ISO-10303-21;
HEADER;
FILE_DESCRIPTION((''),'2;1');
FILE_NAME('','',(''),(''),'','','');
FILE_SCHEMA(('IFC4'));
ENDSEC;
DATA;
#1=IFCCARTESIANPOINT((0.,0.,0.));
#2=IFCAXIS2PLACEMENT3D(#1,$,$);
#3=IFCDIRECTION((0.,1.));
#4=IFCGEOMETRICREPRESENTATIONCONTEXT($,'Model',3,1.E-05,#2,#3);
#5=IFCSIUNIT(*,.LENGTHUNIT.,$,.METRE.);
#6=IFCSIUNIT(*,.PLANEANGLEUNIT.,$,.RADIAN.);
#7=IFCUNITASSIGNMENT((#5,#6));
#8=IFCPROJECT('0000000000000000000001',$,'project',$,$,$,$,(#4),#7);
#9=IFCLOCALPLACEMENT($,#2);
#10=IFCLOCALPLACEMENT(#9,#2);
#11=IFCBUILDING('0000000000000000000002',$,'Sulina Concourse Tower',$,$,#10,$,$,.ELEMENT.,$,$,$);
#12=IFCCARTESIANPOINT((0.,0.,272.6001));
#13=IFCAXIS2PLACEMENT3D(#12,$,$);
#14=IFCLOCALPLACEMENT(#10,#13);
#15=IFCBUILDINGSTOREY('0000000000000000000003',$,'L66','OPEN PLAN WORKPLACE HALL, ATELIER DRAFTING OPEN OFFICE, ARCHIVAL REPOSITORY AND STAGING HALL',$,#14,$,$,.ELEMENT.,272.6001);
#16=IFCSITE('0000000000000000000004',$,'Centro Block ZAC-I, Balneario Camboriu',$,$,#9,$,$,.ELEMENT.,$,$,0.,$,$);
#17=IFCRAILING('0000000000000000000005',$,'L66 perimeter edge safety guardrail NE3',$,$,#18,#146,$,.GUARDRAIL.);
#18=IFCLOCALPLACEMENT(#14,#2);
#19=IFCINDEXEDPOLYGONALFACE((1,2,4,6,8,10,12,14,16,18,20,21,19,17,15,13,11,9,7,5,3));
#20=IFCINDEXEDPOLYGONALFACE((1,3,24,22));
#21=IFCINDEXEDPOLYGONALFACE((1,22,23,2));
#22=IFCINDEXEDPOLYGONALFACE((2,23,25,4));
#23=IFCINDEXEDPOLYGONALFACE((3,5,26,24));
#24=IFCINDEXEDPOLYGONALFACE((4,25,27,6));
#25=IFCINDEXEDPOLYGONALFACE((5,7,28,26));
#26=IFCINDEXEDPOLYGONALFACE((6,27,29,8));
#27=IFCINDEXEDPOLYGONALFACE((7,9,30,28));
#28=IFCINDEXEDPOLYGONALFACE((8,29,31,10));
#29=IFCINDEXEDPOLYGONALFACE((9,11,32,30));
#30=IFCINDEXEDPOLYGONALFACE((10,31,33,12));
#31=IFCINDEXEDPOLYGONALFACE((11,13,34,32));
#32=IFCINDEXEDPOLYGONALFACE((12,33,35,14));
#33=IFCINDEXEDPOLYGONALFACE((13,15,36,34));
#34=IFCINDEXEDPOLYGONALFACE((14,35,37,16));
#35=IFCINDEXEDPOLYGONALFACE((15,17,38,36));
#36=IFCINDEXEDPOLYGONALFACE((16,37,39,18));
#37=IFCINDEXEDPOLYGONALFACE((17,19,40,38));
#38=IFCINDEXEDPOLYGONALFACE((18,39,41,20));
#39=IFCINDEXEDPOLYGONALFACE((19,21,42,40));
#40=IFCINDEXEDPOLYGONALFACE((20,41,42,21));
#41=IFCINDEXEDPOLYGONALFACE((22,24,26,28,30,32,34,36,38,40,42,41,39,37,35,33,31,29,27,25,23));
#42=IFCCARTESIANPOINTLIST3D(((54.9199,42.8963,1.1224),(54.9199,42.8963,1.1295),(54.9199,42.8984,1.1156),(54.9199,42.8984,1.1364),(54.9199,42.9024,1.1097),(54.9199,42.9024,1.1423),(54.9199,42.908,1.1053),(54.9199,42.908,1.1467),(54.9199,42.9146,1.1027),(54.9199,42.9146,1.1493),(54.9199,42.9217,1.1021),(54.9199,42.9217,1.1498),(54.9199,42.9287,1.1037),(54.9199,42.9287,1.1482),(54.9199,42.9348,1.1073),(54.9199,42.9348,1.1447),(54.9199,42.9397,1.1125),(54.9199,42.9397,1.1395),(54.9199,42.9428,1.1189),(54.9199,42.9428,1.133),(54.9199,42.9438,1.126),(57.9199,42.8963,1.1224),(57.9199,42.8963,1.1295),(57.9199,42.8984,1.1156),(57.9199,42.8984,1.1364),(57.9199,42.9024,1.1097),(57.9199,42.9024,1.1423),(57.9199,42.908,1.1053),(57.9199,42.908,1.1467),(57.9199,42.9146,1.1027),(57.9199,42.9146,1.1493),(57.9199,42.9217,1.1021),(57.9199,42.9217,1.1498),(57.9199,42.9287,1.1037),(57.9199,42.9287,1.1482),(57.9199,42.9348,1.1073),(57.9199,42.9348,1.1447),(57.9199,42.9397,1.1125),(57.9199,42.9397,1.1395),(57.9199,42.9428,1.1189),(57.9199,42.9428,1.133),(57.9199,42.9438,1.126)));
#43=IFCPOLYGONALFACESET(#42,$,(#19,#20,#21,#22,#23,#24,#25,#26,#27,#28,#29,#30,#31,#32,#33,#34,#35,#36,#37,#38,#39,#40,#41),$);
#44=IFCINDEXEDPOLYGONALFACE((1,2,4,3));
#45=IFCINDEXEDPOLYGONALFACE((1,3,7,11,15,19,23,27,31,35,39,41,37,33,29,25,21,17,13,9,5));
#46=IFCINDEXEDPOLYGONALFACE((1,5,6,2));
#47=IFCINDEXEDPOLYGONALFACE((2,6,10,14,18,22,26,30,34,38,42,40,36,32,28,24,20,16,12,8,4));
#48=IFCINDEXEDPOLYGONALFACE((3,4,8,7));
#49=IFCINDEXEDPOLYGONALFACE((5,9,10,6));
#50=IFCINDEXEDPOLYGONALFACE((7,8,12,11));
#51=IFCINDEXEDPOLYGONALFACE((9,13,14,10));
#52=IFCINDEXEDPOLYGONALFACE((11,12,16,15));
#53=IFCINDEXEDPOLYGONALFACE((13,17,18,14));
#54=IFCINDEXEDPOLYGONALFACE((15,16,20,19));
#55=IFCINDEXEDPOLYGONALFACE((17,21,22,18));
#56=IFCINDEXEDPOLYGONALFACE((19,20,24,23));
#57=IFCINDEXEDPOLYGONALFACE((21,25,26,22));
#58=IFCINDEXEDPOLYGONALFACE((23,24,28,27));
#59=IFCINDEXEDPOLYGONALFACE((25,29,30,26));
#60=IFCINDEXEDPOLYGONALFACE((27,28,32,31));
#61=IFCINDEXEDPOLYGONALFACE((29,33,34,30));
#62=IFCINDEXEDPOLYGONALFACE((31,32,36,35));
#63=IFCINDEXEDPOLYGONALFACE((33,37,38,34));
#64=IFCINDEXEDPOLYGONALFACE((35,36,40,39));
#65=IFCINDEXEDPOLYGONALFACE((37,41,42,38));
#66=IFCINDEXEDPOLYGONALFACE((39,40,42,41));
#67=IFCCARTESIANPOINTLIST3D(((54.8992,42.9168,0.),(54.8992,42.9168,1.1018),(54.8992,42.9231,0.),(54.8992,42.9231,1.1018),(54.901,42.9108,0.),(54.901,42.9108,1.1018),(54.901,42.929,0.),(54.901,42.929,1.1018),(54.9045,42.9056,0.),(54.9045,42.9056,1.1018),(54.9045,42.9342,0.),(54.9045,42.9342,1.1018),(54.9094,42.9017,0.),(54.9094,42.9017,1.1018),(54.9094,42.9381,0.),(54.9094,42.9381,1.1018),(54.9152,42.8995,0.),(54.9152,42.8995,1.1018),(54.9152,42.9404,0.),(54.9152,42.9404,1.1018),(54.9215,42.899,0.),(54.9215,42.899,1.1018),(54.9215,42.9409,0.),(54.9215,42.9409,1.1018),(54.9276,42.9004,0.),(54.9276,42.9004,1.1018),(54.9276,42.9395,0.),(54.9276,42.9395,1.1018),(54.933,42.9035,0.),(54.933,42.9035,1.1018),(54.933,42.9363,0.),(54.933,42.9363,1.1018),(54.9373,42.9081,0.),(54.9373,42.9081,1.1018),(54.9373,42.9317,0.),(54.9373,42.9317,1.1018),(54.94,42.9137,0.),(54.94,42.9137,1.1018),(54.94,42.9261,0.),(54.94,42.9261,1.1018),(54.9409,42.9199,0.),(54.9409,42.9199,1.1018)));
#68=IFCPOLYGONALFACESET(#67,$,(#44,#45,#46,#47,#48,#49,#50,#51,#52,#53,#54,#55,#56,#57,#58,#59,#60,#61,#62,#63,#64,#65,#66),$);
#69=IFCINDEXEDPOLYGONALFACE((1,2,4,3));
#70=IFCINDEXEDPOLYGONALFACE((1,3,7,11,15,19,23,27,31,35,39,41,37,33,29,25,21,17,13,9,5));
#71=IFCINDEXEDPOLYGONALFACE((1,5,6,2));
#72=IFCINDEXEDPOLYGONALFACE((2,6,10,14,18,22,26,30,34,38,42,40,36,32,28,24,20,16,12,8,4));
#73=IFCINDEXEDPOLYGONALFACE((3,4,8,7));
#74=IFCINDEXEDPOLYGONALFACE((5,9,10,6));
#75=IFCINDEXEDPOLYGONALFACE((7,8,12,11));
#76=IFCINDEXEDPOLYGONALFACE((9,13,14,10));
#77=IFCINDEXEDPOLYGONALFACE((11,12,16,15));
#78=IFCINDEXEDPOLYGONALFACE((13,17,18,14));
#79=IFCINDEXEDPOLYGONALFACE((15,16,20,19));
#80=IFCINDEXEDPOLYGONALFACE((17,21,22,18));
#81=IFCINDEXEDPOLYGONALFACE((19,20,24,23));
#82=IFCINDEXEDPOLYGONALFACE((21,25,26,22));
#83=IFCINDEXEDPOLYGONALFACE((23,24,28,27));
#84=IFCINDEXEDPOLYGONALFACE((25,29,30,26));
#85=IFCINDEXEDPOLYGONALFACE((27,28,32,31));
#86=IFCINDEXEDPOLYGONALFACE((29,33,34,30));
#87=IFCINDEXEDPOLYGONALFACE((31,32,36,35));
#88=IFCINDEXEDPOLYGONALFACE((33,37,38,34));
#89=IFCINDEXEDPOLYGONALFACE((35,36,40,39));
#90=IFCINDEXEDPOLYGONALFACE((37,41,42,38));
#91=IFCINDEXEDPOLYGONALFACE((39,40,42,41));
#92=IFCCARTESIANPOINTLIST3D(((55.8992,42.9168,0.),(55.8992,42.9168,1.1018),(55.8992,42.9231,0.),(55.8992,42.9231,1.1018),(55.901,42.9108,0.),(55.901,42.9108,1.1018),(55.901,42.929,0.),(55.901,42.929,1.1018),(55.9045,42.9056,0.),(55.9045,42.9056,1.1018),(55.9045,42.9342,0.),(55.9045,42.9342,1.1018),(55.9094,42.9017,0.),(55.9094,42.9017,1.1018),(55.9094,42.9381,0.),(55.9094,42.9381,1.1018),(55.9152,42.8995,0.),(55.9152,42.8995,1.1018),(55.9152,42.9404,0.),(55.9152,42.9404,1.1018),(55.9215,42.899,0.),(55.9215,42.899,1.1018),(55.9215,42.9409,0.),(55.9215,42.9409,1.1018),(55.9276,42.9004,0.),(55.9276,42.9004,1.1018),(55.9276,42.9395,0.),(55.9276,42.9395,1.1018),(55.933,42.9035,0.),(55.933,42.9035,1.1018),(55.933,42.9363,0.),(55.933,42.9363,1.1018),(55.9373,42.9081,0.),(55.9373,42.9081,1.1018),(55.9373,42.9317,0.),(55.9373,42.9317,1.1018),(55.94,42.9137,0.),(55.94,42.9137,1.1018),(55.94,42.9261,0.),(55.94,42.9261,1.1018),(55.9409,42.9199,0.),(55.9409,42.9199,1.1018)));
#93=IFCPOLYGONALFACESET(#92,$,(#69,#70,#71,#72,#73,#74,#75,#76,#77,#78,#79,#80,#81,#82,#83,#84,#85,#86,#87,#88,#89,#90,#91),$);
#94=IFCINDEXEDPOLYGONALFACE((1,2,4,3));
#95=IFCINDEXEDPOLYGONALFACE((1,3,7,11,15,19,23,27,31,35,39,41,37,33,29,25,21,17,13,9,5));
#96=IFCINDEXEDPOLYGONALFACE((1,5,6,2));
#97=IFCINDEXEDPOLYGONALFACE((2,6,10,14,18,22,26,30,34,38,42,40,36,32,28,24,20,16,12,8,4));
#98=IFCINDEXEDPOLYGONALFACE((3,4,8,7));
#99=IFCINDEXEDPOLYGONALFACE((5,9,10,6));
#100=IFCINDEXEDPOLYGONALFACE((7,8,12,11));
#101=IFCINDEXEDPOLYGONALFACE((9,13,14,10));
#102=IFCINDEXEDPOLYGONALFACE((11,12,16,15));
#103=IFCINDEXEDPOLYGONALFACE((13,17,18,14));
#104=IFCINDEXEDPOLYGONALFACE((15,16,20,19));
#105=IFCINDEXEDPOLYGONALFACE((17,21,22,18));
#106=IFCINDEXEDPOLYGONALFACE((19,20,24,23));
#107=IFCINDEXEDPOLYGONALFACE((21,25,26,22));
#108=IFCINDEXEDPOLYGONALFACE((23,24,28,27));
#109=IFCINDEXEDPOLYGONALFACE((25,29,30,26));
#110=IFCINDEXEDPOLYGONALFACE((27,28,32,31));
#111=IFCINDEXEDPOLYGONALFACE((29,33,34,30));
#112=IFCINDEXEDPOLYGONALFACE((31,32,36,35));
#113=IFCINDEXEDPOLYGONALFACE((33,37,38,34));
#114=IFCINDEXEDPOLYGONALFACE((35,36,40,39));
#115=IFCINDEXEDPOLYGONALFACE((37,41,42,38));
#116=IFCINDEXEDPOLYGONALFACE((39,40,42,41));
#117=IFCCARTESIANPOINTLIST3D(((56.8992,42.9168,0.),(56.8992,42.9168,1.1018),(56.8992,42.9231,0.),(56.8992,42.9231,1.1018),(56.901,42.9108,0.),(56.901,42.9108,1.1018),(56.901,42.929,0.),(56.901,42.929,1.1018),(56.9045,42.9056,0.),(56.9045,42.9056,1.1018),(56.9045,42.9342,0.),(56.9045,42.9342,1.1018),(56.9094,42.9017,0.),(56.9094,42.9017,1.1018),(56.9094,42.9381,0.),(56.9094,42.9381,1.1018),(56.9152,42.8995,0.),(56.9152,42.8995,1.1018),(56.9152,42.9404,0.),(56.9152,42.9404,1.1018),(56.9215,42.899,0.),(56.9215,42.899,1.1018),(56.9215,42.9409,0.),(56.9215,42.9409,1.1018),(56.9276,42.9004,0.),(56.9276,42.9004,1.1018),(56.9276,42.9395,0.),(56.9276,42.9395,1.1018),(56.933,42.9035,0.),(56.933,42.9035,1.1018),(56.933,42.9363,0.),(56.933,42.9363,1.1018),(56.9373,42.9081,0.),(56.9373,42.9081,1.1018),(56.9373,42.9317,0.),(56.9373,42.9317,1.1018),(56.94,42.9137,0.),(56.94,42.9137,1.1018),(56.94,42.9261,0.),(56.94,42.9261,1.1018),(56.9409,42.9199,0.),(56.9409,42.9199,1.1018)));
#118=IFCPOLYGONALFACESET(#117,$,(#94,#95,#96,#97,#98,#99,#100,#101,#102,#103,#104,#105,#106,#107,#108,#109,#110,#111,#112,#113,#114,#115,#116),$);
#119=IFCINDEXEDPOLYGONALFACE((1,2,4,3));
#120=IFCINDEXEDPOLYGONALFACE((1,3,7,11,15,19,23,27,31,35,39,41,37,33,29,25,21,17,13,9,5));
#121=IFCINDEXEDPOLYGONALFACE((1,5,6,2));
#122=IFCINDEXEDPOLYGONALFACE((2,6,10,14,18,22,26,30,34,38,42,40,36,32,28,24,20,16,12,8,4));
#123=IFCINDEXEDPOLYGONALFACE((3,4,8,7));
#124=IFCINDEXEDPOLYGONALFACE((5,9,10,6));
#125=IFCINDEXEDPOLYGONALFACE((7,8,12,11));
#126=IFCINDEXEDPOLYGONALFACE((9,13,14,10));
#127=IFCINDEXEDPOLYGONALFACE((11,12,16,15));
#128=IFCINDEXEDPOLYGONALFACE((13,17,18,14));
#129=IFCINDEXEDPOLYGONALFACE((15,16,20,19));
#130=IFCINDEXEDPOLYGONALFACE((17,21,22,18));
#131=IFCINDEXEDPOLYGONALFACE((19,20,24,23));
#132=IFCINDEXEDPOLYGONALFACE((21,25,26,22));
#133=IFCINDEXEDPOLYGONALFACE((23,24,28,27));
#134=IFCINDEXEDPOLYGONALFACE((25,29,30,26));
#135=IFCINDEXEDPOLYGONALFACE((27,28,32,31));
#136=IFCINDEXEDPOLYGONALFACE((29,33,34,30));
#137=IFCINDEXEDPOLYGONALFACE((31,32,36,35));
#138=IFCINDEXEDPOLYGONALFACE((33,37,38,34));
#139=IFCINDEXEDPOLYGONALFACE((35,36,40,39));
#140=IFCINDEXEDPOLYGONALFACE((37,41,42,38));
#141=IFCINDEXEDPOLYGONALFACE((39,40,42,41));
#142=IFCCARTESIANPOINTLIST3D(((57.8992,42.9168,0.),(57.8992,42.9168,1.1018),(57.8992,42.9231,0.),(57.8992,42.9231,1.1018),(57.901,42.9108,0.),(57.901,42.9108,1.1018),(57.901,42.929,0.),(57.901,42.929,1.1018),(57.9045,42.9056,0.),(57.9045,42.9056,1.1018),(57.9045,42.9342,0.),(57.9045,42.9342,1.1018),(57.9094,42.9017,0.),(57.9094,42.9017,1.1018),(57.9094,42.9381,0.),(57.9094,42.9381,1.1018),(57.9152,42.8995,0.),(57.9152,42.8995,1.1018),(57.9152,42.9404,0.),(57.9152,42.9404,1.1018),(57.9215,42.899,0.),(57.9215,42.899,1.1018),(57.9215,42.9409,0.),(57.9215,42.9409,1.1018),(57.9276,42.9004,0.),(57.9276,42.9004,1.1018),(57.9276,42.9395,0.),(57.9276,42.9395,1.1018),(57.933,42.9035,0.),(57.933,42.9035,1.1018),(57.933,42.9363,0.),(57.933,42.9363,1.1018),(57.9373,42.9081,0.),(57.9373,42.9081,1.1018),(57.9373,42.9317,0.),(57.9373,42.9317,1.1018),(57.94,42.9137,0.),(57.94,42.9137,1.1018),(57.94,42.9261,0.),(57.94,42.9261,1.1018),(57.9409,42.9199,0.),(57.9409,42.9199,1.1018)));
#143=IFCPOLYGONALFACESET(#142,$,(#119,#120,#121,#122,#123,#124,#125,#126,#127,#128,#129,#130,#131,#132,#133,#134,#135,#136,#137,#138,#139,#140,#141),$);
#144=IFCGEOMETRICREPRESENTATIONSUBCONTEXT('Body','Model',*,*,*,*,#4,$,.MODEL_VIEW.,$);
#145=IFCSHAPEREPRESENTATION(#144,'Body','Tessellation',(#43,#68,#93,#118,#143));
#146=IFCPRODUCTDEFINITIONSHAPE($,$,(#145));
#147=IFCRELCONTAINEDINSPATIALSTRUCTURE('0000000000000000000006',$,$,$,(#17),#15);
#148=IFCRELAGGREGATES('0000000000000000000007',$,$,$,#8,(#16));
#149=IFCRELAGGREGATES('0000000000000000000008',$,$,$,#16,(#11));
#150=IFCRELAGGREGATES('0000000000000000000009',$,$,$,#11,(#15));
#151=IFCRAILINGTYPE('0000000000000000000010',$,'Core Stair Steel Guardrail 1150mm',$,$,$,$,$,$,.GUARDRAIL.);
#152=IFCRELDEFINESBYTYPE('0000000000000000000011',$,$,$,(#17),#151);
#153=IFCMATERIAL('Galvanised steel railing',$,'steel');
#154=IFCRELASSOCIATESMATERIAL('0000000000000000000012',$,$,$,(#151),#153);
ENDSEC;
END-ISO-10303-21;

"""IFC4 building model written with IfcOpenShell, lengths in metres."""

from ifc_helpers import new_model, si_unit, direction, frame, origin, origin_2d, place, context, subcontext, project, spatial, circle, extrude, material, type_object, element, save


model = new_model("IFC4")

# Units and contexts
model_context = context("Model", 3, precision=1e-05, world=origin(), true_north=direction((0.0, 1.0)))
body_context = subcontext(model_context, "Body", "Model", "MODEL_VIEW")
ifc_project = project(units=[si_unit("LENGTHUNIT", "METRE"), si_unit("PLANEANGLEUNIT", "RADIAN")], contexts=[model_context])

# Site, building, storey
site_placement = place(None, origin())
site = spatial("IfcSite", under=ifc_project, at=site_placement, Name="Centro Block ZAC-I, Balneario Camboriu", CompositionType="ELEMENT", RefElevation=0.0)
building_placement = place(site_placement, origin())
building = spatial("IfcBuilding", under=site, at=building_placement, Name="Sulina Concourse Tower", CompositionType="ELEMENT")
storey_placement = place(building_placement, frame((0.0, 0.0, 272.6001)))
storey = spatial("IfcBuildingStorey", under=building, at=storey_placement, Name="L66", Description="OPEN PLAN WORKPLACE HALL, ATELIER DRAFTING OPEN OFFICE, ARCHIVAL REPOSITORY AND STAGING HALL", CompositionType="ELEMENT", Elevation=272.6001)

# Railing
ifc_material_1 = material(Name="Galvanised steel railing", Category="steel")
railing_type_1 = type_object("IfcRailingType", Name="Core Stair Steel Guardrail 1150mm", PredefinedType="GUARDRAIL", material=ifc_material_1)
railing_1_placement = place(storey_placement, frame((54.9199, 42.9199, 0.0)))
element("IfcRailing", 1, at=railing_1_placement, inside=storey, type_object=railing_type_1, Name="L66 perimeter edge safety guardrail NE3", PredefinedType="GUARDRAIL", context=body_context, shape_type="SweptSolid", body=[
    extrude(circle(Radius=0.0239, at=origin_2d()), frame((0.0, 0.0, 1.126), z_axis=(1.0, 0.0, 0.0), x_axis=(0.0, 1.0, 0.0)), (0.0, 0.0, 1.0), 3.0),
    extrude(circle(Radius=0.021, at=origin_2d()), origin(), (0.0, 0.0, 1.0), 1.1018),
    extrude(circle(Radius=0.021, at=origin_2d()), frame((1.0, 0.0, 0.0)), (0.0, 0.0, 1.0), 1.1018),
    extrude(circle(Radius=0.021, at=origin_2d()), frame((2.0, 0.0, 0.0)), (0.0, 0.0, 1.0), 1.1018),
    extrude(circle(Radius=0.021, at=origin_2d()), frame((3.0, 0.0, 0.0)), (0.0, 0.0, 1.0), 1.1018),
])

save(model, "model.ifc")
